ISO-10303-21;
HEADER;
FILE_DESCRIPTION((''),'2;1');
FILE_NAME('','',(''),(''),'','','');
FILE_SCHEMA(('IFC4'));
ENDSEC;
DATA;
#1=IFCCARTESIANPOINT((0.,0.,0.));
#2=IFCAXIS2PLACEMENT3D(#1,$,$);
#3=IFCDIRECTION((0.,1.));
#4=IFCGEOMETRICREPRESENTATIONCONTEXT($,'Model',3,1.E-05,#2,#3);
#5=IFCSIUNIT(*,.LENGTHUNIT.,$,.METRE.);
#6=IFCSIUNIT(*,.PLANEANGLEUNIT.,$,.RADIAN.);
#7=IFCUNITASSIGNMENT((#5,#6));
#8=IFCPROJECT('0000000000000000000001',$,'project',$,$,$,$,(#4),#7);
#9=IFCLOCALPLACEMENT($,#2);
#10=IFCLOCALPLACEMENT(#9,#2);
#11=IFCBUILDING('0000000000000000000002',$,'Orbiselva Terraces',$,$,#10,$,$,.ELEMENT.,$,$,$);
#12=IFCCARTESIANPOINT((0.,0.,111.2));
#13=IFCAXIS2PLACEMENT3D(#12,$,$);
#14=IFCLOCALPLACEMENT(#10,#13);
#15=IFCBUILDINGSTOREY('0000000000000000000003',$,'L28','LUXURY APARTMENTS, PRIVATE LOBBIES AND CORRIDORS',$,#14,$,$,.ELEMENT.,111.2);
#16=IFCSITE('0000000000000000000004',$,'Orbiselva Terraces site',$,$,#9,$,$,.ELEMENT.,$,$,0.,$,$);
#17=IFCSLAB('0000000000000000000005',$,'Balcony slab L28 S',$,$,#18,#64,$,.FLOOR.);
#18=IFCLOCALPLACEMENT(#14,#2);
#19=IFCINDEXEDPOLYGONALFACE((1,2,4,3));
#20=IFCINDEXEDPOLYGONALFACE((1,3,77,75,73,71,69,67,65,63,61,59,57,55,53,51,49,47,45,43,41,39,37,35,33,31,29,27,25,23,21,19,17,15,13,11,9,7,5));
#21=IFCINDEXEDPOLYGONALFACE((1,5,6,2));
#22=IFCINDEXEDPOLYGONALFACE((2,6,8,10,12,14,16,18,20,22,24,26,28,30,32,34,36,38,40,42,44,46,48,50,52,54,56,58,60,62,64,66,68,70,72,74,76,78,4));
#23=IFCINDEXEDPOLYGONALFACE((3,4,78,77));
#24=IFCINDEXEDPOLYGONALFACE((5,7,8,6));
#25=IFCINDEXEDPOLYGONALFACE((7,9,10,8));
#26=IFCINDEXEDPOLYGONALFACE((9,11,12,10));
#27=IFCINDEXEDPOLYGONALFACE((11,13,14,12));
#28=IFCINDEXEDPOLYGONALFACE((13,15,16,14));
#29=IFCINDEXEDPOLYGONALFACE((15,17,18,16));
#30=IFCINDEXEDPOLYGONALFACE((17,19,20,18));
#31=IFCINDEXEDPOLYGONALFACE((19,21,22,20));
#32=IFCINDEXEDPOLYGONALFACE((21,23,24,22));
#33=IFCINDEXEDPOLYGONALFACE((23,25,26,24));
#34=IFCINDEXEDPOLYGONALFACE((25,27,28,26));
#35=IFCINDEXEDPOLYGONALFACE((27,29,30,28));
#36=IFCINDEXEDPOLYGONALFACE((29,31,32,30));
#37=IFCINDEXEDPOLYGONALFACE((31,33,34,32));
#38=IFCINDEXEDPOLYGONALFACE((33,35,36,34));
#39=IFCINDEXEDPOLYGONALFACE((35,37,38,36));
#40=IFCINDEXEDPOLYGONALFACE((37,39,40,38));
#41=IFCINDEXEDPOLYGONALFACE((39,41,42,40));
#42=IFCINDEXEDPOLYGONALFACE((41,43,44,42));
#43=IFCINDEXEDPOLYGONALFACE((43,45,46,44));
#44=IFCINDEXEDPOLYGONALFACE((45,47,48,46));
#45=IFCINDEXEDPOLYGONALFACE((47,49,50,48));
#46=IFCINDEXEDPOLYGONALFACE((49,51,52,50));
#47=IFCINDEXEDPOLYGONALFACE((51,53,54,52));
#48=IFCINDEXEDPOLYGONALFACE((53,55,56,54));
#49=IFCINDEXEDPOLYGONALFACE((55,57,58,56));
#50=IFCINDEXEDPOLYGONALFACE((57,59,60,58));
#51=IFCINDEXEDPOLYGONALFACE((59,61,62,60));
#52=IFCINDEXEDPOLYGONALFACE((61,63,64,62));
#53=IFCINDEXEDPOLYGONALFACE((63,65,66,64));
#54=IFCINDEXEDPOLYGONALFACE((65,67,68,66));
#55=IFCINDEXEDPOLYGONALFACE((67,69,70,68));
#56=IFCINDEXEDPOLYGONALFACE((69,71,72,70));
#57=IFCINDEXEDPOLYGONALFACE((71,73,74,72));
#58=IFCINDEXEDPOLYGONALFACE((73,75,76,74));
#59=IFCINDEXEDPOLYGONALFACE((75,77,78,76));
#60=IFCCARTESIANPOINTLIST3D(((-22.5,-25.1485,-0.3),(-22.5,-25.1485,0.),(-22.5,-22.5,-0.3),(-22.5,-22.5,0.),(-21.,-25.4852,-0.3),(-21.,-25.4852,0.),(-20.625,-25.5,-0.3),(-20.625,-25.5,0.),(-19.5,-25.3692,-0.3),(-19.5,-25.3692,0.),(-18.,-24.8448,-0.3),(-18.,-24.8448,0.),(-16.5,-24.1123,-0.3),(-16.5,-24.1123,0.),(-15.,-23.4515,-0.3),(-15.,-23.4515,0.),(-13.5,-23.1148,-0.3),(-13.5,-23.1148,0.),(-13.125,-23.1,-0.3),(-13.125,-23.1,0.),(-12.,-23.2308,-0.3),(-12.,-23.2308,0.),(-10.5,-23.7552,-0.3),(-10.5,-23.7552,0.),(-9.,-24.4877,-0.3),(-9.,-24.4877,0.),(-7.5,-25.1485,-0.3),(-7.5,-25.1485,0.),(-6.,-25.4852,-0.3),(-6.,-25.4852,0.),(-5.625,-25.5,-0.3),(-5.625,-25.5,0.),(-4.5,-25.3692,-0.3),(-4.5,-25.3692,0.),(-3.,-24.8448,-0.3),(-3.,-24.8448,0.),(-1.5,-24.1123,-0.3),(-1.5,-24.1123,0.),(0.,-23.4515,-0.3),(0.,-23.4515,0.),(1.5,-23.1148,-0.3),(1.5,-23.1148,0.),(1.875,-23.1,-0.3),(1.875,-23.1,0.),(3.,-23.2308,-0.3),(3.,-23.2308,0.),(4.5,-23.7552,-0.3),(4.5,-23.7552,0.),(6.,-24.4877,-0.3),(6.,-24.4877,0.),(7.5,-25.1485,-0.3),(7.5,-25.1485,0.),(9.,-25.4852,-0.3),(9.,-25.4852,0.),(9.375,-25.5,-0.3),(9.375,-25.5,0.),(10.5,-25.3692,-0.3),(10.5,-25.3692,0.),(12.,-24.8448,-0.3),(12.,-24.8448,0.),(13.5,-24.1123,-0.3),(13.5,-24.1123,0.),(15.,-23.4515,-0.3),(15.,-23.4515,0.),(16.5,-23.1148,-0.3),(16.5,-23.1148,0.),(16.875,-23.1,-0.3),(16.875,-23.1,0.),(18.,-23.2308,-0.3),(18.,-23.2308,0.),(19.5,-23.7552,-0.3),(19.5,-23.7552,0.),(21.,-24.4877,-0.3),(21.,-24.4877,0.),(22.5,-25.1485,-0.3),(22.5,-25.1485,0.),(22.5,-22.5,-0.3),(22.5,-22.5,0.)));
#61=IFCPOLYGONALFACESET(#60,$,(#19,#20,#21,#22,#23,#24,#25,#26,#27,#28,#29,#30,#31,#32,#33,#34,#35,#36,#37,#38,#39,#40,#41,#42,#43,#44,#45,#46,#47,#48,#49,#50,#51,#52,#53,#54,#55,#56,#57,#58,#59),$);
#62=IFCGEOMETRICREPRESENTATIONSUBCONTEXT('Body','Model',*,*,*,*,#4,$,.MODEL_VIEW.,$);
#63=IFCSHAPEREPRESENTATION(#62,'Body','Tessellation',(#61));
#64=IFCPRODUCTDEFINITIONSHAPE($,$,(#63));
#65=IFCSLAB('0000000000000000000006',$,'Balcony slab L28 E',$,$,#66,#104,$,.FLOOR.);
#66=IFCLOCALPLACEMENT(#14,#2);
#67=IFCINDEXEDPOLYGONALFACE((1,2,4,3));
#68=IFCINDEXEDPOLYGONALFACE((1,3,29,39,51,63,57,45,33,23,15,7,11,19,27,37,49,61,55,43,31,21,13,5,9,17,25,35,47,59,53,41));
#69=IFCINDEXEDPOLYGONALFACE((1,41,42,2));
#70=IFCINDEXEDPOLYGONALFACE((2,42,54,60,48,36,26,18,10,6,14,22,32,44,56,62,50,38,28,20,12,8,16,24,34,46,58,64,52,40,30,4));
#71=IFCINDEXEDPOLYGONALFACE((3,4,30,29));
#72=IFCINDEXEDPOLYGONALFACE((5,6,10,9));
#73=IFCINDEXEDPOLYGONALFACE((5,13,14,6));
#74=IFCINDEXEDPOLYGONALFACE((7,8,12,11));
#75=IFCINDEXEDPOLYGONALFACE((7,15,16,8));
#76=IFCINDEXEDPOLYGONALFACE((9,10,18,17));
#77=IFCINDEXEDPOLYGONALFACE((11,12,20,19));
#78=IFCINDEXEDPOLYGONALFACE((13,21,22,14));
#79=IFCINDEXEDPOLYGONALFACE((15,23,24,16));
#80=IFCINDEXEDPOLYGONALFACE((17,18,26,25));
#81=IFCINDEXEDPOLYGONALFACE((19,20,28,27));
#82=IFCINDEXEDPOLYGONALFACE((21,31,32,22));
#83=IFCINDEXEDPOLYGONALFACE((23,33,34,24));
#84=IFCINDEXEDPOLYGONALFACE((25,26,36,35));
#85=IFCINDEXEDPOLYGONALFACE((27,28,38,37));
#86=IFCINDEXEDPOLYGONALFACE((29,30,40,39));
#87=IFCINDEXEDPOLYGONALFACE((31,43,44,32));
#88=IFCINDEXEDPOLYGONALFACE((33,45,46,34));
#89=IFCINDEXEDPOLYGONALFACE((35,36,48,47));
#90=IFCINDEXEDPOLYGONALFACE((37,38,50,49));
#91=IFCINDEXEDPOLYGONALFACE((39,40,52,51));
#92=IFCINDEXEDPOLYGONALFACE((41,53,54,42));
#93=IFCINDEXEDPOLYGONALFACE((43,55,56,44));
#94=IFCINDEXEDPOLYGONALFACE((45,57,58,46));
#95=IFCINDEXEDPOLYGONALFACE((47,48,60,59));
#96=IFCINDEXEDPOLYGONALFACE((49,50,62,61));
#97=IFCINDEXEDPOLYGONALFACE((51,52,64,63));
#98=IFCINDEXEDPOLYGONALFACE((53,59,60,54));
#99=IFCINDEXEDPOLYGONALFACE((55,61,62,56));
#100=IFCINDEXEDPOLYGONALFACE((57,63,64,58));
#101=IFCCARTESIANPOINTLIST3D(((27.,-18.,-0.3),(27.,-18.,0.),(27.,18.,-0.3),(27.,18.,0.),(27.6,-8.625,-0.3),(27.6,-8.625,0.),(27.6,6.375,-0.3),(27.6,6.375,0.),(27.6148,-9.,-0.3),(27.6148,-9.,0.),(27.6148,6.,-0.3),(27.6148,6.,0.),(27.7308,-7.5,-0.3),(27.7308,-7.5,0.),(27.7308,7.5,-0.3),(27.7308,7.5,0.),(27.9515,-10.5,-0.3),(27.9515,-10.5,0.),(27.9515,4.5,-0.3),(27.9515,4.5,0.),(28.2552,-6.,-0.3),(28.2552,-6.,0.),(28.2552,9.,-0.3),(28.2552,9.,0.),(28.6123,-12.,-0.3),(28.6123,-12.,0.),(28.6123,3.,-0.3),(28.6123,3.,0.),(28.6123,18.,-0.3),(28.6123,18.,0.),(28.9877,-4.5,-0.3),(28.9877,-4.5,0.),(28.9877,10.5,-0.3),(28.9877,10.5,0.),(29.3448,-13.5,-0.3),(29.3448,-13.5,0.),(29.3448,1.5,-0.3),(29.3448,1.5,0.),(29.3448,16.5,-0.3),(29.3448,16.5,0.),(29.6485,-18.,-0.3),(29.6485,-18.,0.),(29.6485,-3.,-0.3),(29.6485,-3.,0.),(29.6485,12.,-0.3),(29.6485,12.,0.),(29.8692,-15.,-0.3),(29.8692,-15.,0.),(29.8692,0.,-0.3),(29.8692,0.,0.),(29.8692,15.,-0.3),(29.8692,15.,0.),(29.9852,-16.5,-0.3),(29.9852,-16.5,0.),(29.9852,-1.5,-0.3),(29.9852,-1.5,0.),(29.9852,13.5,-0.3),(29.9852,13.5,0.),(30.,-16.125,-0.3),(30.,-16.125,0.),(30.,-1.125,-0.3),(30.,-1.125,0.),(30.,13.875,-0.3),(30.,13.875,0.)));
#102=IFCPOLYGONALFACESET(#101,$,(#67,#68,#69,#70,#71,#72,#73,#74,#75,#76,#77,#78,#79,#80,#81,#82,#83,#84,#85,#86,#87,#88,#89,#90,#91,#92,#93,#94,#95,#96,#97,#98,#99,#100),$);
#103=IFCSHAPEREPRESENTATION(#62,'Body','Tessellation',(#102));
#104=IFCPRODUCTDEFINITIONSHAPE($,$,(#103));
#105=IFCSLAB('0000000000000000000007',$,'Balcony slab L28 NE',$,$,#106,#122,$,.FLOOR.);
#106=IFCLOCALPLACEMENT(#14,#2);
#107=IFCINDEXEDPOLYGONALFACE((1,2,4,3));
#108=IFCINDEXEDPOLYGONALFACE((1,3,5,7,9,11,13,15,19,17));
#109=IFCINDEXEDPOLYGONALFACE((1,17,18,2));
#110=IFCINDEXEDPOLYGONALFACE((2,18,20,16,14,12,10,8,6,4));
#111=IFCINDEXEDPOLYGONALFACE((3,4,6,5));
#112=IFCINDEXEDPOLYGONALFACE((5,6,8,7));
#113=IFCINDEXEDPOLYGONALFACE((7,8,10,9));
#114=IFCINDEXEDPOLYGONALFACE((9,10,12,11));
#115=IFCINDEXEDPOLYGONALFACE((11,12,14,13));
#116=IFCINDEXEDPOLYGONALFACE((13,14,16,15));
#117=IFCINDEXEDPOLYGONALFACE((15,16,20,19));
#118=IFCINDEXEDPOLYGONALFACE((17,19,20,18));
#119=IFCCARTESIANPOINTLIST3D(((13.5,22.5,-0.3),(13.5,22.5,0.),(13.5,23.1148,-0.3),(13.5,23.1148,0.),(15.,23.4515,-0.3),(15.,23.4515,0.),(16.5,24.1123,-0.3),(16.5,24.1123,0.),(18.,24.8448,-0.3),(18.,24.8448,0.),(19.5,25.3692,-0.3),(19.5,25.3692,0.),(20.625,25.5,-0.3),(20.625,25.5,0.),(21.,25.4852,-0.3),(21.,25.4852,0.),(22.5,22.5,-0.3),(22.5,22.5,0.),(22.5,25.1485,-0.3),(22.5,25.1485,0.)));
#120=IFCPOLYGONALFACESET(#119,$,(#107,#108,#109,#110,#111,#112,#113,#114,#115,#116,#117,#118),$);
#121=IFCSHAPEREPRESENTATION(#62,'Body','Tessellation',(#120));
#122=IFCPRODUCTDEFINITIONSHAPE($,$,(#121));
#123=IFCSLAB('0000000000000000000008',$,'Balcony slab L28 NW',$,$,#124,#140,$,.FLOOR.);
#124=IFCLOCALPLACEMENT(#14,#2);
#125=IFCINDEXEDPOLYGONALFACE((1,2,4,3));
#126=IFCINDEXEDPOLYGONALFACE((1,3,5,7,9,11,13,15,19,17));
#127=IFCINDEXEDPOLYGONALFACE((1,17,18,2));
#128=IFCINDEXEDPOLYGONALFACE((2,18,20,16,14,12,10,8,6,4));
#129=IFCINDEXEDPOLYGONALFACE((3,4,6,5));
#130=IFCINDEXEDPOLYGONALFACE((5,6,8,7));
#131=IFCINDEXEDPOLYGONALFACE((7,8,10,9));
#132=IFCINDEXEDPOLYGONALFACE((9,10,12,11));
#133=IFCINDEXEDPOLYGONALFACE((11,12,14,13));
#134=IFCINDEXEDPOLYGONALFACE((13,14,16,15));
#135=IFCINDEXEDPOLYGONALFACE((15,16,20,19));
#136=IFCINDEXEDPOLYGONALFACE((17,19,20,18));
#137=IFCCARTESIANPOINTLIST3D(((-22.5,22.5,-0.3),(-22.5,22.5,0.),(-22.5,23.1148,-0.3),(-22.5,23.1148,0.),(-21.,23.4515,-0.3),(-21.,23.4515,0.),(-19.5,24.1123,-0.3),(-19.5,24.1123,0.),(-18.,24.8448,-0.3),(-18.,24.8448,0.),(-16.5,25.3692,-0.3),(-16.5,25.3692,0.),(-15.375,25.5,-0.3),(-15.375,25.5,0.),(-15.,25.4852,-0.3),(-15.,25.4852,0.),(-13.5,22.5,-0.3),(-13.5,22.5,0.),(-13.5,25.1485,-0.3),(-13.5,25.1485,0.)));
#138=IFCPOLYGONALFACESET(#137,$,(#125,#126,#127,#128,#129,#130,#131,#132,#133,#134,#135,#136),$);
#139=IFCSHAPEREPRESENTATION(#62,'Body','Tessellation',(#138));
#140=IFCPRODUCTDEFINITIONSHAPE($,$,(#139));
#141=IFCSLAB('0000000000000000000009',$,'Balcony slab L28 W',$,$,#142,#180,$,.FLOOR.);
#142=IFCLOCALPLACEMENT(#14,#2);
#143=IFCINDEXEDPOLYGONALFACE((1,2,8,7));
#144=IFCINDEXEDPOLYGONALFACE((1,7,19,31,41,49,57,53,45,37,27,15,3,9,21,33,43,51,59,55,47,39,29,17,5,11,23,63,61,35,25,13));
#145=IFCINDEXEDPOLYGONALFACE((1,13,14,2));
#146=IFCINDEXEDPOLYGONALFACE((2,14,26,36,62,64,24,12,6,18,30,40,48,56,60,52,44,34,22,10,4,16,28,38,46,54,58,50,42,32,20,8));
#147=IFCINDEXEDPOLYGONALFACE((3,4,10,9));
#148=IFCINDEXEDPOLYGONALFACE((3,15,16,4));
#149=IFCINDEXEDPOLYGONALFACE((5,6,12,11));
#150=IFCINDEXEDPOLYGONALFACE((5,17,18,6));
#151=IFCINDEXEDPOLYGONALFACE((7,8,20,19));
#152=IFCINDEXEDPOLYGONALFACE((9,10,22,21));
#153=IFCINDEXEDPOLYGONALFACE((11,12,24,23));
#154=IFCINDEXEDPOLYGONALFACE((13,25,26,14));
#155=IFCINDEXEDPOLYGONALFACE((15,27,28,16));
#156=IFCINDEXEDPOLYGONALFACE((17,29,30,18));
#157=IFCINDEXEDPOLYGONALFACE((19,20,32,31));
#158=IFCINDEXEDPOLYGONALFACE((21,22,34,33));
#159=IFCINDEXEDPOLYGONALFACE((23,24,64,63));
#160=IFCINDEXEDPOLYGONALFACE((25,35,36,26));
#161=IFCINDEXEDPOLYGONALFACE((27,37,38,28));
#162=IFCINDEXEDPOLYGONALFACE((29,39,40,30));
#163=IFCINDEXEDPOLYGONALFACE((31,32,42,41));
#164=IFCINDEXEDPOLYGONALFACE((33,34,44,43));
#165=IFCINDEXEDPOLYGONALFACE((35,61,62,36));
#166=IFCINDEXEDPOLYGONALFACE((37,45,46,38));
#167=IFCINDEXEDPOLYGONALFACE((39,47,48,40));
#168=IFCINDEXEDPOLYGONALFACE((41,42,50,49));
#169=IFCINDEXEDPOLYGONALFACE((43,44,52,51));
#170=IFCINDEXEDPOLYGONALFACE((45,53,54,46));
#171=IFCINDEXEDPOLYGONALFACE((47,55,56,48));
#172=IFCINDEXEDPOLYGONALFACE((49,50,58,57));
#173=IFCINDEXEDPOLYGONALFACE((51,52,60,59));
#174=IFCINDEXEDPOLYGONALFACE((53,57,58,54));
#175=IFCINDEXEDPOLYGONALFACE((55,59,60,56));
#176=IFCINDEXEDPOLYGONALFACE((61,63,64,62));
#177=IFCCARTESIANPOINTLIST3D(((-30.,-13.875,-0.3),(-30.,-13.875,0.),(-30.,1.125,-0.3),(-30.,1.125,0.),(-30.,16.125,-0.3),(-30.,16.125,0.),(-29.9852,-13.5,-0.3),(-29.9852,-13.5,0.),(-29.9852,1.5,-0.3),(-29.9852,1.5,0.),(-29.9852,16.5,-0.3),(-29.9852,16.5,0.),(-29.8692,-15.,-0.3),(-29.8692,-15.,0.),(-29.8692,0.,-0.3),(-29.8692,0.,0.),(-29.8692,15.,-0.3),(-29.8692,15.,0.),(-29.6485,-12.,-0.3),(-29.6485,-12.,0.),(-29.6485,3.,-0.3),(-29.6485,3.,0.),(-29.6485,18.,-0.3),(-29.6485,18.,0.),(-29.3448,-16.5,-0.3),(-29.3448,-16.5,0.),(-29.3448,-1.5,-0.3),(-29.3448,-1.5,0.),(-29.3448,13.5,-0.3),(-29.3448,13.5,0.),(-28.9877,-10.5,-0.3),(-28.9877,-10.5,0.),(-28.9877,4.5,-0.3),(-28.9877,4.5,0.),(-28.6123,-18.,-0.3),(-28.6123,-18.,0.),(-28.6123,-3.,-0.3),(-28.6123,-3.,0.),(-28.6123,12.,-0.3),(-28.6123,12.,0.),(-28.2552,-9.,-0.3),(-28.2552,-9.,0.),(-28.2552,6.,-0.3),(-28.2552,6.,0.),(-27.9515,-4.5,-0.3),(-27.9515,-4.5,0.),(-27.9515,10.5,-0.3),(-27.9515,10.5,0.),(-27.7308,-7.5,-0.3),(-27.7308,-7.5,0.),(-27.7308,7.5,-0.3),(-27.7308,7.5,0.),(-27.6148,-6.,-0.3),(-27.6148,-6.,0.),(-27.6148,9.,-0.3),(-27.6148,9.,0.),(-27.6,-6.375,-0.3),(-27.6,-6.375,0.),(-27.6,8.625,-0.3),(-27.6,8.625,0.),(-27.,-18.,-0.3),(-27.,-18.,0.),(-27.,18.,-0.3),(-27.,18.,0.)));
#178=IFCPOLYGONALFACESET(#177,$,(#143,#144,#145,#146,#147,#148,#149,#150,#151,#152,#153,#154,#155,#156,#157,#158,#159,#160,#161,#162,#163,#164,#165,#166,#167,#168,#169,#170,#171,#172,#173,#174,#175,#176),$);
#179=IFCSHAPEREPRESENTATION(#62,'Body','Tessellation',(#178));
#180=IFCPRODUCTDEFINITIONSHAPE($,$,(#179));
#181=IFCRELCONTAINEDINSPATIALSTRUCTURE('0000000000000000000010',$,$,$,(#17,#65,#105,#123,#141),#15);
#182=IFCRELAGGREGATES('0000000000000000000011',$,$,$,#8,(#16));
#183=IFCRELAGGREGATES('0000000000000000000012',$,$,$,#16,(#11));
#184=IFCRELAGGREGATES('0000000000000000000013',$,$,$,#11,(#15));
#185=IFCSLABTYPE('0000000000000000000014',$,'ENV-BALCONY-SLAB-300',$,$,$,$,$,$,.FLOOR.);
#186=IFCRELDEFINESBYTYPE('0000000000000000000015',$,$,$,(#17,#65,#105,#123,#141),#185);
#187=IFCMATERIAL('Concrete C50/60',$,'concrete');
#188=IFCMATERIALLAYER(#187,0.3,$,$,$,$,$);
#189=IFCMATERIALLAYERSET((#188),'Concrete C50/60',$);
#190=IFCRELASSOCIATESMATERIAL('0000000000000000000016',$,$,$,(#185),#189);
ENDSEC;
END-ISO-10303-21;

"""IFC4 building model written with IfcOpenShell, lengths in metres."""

from ifc_helpers import new_model, si_unit, direction, frame, origin, place, context, subcontext, project, spatial, polyline, outline, extrude, material, layer, layer_set, type_object, element, save


model = new_model("IFC4")

# Units and contexts
model_context = context("Model", 3, precision=1e-05, world=origin(), true_north=direction((0.0, 1.0)))
body_context = subcontext(model_context, "Body", "Model", "MODEL_VIEW")
ifc_project = project(units=[si_unit("LENGTHUNIT", "METRE"), si_unit("PLANEANGLEUNIT", "RADIAN")], contexts=[model_context])

# Site, building, storey
site_placement = place(None, origin())
site = spatial("IfcSite", under=ifc_project, at=site_placement, Name="Orbiselva Terraces site", CompositionType="ELEMENT", RefElevation=0.0)
building_placement = place(site_placement, origin())
building = spatial("IfcBuilding", under=site, at=building_placement, Name="Orbiselva Terraces", CompositionType="ELEMENT")
storey_placement = place(building_placement, frame((0.0, 0.0, 111.2)))
storey = spatial("IfcBuildingStorey", under=building, at=storey_placement, Name="L28", Description="LUXURY APARTMENTS, PRIVATE LOBBIES AND CORRIDORS", CompositionType="ELEMENT", Elevation=111.2)

# Slabs
ifc_material_1 = material(Name="Concrete C50/60", Category="concrete")
ifc_layer_1 = layer(ifc_material_1, 0.3)
ifc_layer_set_1 = layer_set([ifc_layer_1], Name="Concrete C50/60")
slab_type_1 = type_object("IfcSlabType", Name="ENV-BALCONY-SLAB-300", PredefinedType="FLOOR", material=ifc_layer_set_1)
slab_1_placement = place(storey_placement, frame((0.0, 0.0, -0.3)))
element("IfcSlab", 1, at=slab_1_placement, inside=storey, type_object=slab_type_1, Name="Balcony slab L28 S", PredefinedType="FLOOR", context=body_context, shape_type="SweptSolid", body=[
    extrude(outline(polyline([(-22.5, -25.1485), (-21.0, -25.4852), (-20.625, -25.5), (-19.5, -25.3692), (-18.0, -24.8448), (-16.5, -24.1123), (-15.0, -23.4515), (-13.5, -23.1148), (-13.125, -23.1), (-12.0, -23.2308), (-10.5, -23.7552), (-9.0, -24.4877), (-7.5, -25.1485), (-6.0, -25.4852), (-5.625, -25.5), (-4.5, -25.3692), (-3.0, -24.8448), (-1.5, -24.1123), (0.0, -23.4515), (1.5, -23.1148), (1.875, -23.1), (3.0, -23.2308), (4.5, -23.7552), (6.0, -24.4877), (7.5, -25.1485), (9.0, -25.4852), (9.375, -25.5), (10.5, -25.3692), (12.0, -24.8448), (13.5, -24.1123), (15.0, -23.4515), (16.5, -23.1148), (16.875, -23.1), (18.0, -23.2308), (19.5, -23.7552), (21.0, -24.4877), (22.5, -25.1485), (22.5, -22.5), (-22.5, -22.5), (-22.5, -25.1485)])), origin(), (0.0, 0.0, 1.0), 0.3),
])
slab_2_placement = place(storey_placement, frame((0.0, 0.0, -0.3)))
element("IfcSlab", 2, at=slab_2_placement, inside=storey, type_object=slab_type_1, Name="Balcony slab L28 E", PredefinedType="FLOOR", context=body_context, shape_type="SweptSolid", body=[
    extrude(outline(polyline([(29.6485, -18.0), (29.9852, -16.5), (30.0, -16.125), (29.8692, -15.0), (29.3448, -13.5), (28.6123, -12.0), (27.9515, -10.5), (27.6148, -9.0), (27.6, -8.625), (27.7308, -7.5), (28.2552, -6.0), (28.9877, -4.5), (29.6485, -3.0), (29.9852, -1.5), (30.0, -1.125), (29.8692, 0.0), (29.3448, 1.5), (28.6123, 3.0), (27.9515, 4.5), (27.6148, 6.0), (27.6, 6.375), (27.7308, 7.5), (28.2552, 9.0), (28.9877, 10.5), (29.6485, 12.0), (29.9852, 13.5), (30.0, 13.875), (29.8692, 15.0), (29.3448, 16.5), (28.6123, 18.0), (27.0, 18.0), (27.0, -18.0), (29.6485, -18.0)])), origin(), (0.0, 0.0, 1.0), 0.3),
])
slab_3_placement = place(storey_placement, frame((0.0, 0.0, -0.3)))
element("IfcSlab", 3, at=slab_3_placement, inside=storey, type_object=slab_type_1, Name="Balcony slab L28 NE", PredefinedType="FLOOR", context=body_context, shape_type="SweptSolid", body=[
    extrude(outline(polyline([(22.5, 25.1485), (21.0, 25.4852), (20.625, 25.5), (19.5, 25.3692), (18.0, 24.8448), (16.5, 24.1123), (15.0, 23.4515), (13.5, 23.1148), (13.5, 22.5), (22.5, 22.5), (22.5, 25.1485)])), origin(), (0.0, 0.0, 1.0), 0.3),
])
slab_4_placement = place(storey_placement, frame((0.0, 0.0, -0.3)))
element("IfcSlab", 4, at=slab_4_placement, inside=storey, type_object=slab_type_1, Name="Balcony slab L28 NW", PredefinedType="FLOOR", context=body_context, shape_type="SweptSolid", body=[
    extrude(outline(polyline([(-13.5, 25.1485), (-15.0, 25.4852), (-15.375, 25.5), (-16.5, 25.3692), (-18.0, 24.8448), (-19.5, 24.1123), (-21.0, 23.4515), (-22.5, 23.1148), (-22.5, 22.5), (-13.5, 22.5), (-13.5, 25.1485)])), origin(), (0.0, 0.0, 1.0), 0.3),
])
slab_5_placement = place(storey_placement, frame((0.0, 0.0, -0.3)))
element("IfcSlab", 5, at=slab_5_placement, inside=storey, type_object=slab_type_1, Name="Balcony slab L28 W", PredefinedType="FLOOR", context=body_context, shape_type="SweptSolid", body=[
    extrude(outline(polyline([(-29.6485, 18.0), (-29.9852, 16.5), (-30.0, 16.125), (-29.8692, 15.0), (-29.3448, 13.5), (-28.6123, 12.0), (-27.9515, 10.5), (-27.6148, 9.0), (-27.6, 8.625), (-27.7308, 7.5), (-28.2552, 6.0), (-28.9877, 4.5), (-29.6485, 3.0), (-29.9852, 1.5), (-30.0, 1.125), (-29.8692, 0.0), (-29.3448, -1.5), (-28.6123, -3.0), (-27.9515, -4.5), (-27.6148, -6.0), (-27.6, -6.375), (-27.7308, -7.5), (-28.2552, -9.0), (-28.9877, -10.5), (-29.6485, -12.0), (-29.9852, -13.5), (-30.0, -13.875), (-29.8692, -15.0), (-29.3448, -16.5), (-28.6123, -18.0), (-27.0, -18.0), (-27.0, 18.0), (-29.6485, 18.0)])), origin(), (0.0, 0.0, 1.0), 0.3),
])

save(model, "model.ifc")
